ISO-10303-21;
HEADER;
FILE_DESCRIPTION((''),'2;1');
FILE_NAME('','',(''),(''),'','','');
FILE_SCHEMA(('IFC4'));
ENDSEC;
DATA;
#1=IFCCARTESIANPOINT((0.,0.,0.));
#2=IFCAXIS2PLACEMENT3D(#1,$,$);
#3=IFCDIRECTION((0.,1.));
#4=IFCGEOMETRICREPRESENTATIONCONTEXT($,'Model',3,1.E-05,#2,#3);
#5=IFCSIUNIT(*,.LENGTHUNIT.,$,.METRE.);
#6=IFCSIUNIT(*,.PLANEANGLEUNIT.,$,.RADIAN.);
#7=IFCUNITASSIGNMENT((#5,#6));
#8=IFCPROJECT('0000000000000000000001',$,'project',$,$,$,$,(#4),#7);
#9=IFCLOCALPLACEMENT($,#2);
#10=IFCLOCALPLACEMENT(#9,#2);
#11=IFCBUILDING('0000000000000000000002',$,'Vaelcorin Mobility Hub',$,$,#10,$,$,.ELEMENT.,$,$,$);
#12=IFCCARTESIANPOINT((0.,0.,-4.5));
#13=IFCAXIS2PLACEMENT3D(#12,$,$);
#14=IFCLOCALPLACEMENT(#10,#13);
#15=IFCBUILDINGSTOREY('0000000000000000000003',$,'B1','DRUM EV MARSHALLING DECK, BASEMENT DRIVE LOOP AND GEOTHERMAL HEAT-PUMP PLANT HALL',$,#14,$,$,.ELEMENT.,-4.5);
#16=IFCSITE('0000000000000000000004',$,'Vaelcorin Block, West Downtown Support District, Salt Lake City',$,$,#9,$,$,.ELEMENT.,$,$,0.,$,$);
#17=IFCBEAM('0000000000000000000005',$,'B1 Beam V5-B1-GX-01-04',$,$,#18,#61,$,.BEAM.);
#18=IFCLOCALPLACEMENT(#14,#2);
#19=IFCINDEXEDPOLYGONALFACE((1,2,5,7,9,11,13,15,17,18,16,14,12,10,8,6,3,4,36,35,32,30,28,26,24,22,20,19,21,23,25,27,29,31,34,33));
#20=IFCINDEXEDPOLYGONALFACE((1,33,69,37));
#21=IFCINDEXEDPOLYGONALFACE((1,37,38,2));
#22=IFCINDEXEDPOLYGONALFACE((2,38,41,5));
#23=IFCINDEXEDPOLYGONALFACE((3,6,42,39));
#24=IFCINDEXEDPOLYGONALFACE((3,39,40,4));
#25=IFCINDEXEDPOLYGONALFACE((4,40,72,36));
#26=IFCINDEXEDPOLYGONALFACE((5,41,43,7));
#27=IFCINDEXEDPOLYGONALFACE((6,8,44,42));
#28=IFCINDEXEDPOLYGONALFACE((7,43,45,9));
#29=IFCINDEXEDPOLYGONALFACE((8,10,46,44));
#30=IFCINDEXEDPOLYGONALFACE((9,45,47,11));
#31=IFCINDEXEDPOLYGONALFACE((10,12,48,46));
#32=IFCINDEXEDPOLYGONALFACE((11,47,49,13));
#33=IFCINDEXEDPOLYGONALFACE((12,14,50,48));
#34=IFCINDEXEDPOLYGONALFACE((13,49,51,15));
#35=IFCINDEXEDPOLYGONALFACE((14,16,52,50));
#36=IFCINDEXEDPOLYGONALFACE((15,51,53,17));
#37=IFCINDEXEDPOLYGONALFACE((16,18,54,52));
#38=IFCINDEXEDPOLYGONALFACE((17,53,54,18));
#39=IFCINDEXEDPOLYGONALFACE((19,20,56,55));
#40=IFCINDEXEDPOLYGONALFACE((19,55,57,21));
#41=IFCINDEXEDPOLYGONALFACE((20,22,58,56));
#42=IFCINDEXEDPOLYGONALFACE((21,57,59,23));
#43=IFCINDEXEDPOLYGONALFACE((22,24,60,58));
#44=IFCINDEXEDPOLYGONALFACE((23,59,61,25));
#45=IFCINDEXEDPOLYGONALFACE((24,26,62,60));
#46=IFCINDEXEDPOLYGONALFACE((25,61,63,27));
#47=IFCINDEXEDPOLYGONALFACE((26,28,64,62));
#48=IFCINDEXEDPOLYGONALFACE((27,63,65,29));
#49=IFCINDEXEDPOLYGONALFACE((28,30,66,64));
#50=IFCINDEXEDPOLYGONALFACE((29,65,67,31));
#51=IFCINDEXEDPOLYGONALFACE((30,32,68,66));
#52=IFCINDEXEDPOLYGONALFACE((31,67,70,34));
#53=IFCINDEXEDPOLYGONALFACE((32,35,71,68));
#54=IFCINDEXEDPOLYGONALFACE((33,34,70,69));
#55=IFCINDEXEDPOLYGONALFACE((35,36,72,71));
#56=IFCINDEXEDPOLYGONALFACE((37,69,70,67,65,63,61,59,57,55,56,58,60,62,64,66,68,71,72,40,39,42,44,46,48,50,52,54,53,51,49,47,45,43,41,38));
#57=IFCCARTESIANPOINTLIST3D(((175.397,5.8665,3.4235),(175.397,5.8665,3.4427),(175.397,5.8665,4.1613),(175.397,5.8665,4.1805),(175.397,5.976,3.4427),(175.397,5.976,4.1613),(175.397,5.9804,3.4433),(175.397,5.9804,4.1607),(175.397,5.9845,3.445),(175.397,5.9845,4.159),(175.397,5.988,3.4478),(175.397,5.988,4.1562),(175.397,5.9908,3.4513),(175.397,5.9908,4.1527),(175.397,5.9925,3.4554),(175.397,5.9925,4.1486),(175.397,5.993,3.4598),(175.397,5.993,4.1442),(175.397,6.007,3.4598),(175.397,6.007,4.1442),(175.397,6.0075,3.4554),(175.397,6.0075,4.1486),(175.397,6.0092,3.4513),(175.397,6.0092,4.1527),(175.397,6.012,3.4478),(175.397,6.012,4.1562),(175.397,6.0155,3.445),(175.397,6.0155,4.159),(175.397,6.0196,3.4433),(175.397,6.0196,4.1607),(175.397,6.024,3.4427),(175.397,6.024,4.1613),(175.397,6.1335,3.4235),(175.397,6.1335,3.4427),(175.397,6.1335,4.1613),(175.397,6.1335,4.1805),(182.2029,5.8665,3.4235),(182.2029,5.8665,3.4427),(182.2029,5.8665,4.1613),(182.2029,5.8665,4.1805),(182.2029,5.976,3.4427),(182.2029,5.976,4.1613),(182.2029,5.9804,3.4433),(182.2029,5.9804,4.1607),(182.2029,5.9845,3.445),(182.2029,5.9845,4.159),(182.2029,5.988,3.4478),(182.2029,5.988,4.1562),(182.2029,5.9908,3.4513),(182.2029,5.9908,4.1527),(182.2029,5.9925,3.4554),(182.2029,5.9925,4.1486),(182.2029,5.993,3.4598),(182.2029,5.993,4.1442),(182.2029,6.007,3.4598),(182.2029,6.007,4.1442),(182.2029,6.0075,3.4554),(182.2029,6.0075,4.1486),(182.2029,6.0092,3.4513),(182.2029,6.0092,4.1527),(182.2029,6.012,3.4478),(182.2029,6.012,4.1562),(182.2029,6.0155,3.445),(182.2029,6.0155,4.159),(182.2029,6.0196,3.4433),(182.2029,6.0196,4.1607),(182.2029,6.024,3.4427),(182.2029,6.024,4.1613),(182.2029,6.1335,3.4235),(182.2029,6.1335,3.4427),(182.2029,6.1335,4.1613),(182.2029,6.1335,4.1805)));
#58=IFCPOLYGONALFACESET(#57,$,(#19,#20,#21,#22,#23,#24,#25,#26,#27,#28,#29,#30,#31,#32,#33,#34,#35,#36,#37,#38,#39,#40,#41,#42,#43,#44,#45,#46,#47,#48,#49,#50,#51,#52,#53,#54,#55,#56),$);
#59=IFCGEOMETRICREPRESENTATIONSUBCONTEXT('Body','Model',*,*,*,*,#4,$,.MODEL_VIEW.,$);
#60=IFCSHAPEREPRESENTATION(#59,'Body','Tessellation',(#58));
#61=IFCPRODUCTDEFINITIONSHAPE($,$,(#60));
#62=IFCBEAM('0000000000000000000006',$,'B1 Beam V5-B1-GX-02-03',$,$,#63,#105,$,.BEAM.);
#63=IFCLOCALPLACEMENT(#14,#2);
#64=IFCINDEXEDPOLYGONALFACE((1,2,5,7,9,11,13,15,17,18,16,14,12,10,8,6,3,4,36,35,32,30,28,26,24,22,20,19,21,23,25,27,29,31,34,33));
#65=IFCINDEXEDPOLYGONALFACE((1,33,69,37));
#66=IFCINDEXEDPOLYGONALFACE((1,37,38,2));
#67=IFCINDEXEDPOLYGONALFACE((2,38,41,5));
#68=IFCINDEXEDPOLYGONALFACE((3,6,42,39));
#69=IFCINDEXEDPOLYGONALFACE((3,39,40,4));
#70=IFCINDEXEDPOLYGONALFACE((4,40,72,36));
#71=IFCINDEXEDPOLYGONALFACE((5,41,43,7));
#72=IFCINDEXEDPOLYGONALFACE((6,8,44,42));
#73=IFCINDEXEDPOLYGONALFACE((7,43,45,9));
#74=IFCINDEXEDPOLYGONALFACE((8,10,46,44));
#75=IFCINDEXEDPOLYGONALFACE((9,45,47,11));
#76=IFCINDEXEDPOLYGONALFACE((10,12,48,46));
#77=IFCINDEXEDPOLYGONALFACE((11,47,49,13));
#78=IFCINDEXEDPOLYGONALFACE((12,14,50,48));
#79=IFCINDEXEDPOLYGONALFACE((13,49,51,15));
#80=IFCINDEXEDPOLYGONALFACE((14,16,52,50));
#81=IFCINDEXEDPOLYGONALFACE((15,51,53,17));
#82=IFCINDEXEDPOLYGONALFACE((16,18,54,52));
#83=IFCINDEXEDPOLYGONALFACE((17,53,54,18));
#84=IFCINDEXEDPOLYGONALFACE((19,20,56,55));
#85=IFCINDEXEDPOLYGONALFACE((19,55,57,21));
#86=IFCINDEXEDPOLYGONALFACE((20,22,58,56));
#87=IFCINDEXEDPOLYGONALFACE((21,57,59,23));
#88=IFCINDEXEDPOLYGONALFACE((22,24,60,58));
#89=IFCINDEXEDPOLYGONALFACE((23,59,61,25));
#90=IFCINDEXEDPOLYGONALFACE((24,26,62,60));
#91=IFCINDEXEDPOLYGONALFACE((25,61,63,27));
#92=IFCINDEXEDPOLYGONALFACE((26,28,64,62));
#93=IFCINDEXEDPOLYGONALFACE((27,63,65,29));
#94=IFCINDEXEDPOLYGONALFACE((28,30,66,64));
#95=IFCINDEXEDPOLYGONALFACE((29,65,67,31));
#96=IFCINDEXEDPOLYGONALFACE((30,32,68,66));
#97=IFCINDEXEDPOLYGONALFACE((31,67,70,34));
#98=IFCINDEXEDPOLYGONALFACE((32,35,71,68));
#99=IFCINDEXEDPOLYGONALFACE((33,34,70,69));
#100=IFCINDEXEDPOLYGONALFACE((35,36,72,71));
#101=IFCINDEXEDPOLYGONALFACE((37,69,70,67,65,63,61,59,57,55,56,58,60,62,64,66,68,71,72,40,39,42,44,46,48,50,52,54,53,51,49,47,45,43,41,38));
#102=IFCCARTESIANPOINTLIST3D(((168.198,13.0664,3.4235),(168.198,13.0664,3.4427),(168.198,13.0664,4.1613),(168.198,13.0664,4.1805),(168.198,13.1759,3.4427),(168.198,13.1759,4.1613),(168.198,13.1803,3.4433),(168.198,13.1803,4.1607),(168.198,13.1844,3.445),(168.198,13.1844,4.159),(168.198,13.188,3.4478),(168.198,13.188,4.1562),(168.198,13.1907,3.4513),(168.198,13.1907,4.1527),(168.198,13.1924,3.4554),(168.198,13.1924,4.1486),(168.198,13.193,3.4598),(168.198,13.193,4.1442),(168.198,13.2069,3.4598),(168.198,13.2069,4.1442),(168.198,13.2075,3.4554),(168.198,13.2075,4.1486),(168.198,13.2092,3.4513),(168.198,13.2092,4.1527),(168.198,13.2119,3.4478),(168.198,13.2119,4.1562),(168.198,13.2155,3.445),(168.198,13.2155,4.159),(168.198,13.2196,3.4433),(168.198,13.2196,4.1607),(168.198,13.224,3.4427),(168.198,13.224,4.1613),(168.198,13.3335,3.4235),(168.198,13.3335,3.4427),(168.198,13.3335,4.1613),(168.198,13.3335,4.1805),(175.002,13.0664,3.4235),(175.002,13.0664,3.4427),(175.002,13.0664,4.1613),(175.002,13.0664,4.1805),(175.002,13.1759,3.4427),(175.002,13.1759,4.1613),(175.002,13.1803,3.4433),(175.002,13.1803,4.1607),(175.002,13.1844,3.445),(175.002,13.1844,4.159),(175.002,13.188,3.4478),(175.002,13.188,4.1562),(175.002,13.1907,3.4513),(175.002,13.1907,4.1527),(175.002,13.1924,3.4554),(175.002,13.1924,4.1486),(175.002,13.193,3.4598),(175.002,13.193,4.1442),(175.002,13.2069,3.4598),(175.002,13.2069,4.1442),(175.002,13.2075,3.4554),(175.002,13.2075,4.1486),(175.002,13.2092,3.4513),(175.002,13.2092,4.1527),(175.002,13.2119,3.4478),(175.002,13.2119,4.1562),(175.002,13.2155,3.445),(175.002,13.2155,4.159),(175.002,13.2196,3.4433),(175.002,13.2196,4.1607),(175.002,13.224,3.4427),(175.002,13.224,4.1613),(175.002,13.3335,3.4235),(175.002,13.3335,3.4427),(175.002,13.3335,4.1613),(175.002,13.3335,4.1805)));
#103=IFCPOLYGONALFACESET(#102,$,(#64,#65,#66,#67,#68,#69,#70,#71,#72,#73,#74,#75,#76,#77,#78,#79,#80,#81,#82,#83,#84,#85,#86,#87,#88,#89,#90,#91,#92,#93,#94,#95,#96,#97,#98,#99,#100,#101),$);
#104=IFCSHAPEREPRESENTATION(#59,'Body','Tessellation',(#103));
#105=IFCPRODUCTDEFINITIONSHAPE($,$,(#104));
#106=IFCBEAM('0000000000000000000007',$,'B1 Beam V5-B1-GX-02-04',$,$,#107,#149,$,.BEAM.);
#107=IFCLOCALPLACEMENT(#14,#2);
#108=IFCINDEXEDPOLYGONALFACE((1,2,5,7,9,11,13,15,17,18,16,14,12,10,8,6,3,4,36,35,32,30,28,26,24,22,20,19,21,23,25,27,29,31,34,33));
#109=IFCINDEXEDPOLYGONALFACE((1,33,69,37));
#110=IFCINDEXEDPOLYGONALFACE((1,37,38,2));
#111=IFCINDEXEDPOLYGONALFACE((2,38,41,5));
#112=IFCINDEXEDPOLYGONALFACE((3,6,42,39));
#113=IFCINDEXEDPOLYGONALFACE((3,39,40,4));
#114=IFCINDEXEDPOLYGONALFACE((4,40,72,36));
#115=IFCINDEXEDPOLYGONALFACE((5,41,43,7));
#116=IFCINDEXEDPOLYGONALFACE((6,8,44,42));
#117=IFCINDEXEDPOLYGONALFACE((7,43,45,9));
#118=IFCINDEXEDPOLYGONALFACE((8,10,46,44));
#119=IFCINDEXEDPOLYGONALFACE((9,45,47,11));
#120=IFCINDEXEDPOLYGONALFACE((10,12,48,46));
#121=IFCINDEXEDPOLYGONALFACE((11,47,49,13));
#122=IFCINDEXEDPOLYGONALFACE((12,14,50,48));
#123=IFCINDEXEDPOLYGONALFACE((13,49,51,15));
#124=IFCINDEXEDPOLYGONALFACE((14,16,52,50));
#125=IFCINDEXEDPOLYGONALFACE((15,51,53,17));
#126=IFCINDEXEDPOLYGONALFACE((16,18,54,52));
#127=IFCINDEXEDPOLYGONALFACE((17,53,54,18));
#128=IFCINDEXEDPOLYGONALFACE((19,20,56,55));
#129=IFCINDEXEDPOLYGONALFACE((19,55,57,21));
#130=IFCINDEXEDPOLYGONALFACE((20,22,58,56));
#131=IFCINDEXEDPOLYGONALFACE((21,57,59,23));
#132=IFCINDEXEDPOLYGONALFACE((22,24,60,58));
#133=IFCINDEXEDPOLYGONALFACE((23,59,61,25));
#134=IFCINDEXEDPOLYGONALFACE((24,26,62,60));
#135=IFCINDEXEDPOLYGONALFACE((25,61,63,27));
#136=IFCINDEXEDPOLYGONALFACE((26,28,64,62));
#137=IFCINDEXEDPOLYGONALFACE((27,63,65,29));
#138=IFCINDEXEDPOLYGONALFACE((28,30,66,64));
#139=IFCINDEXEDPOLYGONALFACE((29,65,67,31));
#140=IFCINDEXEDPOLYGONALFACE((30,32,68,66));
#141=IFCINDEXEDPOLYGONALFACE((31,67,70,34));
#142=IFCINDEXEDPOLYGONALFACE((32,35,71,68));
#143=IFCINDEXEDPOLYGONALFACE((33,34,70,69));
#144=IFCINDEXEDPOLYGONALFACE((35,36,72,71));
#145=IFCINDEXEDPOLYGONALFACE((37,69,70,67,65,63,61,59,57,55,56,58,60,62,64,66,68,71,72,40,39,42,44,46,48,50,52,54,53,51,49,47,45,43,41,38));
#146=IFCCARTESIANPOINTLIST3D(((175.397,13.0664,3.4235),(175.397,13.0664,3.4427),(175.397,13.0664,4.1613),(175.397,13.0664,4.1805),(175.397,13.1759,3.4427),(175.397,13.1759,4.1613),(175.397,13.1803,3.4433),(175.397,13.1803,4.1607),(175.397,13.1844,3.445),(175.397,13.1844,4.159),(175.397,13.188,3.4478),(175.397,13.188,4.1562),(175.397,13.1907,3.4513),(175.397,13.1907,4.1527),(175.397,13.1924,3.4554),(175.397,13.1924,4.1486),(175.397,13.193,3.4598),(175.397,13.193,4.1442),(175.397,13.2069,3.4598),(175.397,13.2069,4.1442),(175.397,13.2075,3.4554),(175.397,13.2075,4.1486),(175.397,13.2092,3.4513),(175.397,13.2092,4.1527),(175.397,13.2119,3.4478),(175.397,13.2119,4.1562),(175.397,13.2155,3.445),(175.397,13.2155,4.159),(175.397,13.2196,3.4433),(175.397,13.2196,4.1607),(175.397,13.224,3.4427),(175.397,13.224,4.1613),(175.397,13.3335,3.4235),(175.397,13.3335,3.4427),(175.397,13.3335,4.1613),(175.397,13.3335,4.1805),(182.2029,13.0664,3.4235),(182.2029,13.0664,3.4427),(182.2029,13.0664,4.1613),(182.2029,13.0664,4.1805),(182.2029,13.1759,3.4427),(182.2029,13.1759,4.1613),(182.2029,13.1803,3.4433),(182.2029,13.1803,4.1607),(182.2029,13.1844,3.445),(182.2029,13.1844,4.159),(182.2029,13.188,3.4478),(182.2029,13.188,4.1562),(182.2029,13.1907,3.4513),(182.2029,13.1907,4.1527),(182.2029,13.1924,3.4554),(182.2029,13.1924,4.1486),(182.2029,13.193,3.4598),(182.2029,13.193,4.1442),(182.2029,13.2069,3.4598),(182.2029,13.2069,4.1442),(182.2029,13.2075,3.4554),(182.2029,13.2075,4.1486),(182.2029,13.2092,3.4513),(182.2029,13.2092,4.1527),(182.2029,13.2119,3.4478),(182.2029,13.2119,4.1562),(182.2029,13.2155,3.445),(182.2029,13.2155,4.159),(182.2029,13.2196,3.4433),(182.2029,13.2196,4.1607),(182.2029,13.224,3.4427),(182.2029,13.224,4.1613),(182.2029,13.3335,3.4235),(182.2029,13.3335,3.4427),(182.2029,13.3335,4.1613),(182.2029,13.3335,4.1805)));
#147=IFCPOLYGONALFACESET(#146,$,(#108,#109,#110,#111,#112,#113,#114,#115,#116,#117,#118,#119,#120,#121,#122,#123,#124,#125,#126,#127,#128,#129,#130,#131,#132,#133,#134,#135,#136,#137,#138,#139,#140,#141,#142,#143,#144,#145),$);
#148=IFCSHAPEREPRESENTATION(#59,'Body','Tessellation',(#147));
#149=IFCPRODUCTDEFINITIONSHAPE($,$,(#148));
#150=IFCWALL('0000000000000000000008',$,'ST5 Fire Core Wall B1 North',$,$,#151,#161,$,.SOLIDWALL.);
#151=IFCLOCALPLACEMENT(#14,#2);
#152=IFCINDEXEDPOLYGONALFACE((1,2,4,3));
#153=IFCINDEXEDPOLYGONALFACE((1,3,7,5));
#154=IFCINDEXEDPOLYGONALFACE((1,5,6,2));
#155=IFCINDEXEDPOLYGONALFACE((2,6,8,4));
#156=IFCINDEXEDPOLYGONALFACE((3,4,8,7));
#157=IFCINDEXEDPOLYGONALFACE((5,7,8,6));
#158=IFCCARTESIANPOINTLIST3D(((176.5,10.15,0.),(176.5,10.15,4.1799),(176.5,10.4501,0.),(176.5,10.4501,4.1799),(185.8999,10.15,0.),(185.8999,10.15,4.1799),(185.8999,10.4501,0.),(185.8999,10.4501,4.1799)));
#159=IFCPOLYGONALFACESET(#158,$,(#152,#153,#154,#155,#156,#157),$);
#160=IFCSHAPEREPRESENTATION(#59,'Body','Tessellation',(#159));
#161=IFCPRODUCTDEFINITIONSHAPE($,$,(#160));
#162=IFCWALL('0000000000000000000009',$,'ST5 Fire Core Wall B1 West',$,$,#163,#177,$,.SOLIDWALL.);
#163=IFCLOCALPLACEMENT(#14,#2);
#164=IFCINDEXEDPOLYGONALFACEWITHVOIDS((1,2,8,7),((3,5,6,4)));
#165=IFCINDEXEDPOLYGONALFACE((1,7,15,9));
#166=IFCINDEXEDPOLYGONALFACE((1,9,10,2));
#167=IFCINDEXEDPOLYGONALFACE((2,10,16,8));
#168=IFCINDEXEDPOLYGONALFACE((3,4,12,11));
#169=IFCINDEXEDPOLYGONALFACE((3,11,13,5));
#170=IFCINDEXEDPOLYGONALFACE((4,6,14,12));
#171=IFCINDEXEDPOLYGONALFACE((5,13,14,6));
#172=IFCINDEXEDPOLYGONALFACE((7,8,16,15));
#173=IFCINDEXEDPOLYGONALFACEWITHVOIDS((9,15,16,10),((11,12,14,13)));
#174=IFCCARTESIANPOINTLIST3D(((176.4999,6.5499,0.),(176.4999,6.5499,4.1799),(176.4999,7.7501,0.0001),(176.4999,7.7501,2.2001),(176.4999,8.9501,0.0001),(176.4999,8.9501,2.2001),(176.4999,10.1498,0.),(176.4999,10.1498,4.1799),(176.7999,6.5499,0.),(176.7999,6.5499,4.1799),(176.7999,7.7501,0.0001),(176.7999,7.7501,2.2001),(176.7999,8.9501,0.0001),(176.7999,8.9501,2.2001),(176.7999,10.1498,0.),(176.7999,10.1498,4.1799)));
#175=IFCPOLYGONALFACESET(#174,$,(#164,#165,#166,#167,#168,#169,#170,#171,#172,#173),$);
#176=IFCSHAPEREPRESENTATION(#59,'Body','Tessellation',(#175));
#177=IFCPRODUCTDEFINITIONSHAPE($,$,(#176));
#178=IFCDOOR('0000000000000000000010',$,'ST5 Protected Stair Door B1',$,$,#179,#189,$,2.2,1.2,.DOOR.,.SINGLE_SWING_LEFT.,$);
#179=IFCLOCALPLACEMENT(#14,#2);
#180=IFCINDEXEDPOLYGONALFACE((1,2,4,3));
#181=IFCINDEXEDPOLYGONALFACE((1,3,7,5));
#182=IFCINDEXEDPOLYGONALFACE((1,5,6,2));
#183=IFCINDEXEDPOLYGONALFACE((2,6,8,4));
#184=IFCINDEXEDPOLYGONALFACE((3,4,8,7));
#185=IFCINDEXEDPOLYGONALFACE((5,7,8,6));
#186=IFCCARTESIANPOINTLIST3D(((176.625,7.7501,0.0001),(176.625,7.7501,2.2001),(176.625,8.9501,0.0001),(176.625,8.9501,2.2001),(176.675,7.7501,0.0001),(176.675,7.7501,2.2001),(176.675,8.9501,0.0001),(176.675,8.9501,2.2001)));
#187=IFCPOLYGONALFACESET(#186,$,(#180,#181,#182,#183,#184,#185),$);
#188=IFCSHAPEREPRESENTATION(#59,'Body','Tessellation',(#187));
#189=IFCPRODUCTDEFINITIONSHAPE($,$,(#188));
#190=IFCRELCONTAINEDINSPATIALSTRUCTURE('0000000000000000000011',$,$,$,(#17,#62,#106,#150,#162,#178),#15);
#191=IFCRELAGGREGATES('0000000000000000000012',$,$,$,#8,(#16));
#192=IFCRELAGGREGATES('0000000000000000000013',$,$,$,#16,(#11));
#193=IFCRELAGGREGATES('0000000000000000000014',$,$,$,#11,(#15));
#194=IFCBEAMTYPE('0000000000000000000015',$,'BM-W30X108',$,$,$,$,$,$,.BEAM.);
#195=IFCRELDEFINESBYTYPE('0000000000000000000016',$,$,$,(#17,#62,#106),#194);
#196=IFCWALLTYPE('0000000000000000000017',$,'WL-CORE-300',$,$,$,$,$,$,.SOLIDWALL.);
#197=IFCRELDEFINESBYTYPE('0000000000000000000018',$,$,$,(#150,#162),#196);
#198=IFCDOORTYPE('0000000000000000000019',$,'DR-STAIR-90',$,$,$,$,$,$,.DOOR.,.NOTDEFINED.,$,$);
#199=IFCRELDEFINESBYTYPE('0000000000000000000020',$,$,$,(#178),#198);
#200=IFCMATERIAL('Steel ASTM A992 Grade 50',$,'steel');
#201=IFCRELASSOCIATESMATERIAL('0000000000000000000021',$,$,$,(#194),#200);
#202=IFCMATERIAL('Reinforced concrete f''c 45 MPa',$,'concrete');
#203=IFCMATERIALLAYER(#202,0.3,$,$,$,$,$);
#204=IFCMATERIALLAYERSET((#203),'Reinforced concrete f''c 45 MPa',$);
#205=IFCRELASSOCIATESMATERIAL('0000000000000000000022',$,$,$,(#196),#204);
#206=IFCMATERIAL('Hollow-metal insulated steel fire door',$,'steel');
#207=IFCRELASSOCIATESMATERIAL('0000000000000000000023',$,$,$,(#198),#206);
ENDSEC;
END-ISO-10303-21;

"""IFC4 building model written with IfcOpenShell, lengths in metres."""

from ifc_helpers import new_model, si_unit, direction, frame, frame_2d, origin, origin_2d, place, context, subcontext, project, spatial, rectangle, i_section, extrude, material, layer, layer_set, material_profile, profile_set, type_object, element, fill, save


model = new_model("IFC4")

# Units and contexts
model_context = context("Model", 3, precision=1e-05, world=origin(), true_north=direction((0.0, 1.0)))
body_context = subcontext(model_context, "Body", "Model", "MODEL_VIEW")
ifc_project = project(units=[si_unit("LENGTHUNIT", "METRE"), si_unit("PLANEANGLEUNIT", "RADIAN")], contexts=[model_context])

# Site, building, storey
site_placement = place(None, origin())
site = spatial("IfcSite", under=ifc_project, at=site_placement, Name="Vaelcorin Block, West Downtown Support District, Salt Lake City", CompositionType="ELEMENT", RefElevation=0.0)
building_placement = place(site_placement, origin())
building = spatial("IfcBuilding", under=site, at=building_placement, Name="Vaelcorin Mobility Hub", CompositionType="ELEMENT")
storey_placement = place(building_placement, frame((0.0, 0.0, -4.5)))
storey = spatial("IfcBuildingStorey", under=building, at=storey_placement, Name="B1", Description="DRUM EV MARSHALLING DECK, BASEMENT DRIVE LOOP AND GEOTHERMAL HEAT-PUMP PLANT HALL", CompositionType="ELEMENT", Elevation=-4.5)

# Shared definitions
ifc_material_1 = material(Name="Steel ASTM A992 Grade 50", Category="steel")

# Beams
ifc_material_profile_1 = material_profile(ifc_material_1, i_section(OverallWidth=0.2671, OverallDepth=0.7571, WebThickness=0.0139, FlangeThickness=0.0193, FilletRadius=0.0171, at=origin_2d()), Name="W30X108")
ifc_profile_set_1 = profile_set([ifc_material_profile_1], Name="Steel ASTM A992 Grade 50")
beam_type_1 = type_object("IfcBeamType", Name="BM-W30X108", PredefinedType="BEAM", material=ifc_profile_set_1)
beam_1_placement = place(storey_placement, frame((175.397, 6.0, 3.802), z_axis=(1.0, 0.0, 0.0), x_axis=(0.0, 1.0, 0.0)))
element("IfcBeam", 1, at=beam_1_placement, inside=storey, type_object=beam_type_1, Name="B1 Beam V5-B1-GX-01-04", PredefinedType="BEAM", context=body_context, shape_type="SweptSolid", body=[
    extrude(i_section(OverallWidth=0.2671, OverallDepth=0.7571, WebThickness=0.0139, FlangeThickness=0.0193, FilletRadius=0.0171, at=origin_2d()), origin(), (0.0, 0.0, 1.0), 6.8059),
])
beam_2_placement = place(storey_placement, frame((168.198, 13.2, 3.802), z_axis=(1.0, 0.0, 0.0), x_axis=(0.0, 1.0, 0.0)))
element("IfcBeam", 2, at=beam_2_placement, inside=storey, type_object=beam_type_1, Name="B1 Beam V5-B1-GX-02-03", PredefinedType="BEAM", context=body_context, shape_type="SweptSolid", body=[
    extrude(i_section(OverallWidth=0.2671, OverallDepth=0.7571, WebThickness=0.0139, FlangeThickness=0.0193, FilletRadius=0.0171, at=origin_2d()), origin(), (0.0, 0.0, 1.0), 6.804),
])
beam_3_placement = place(storey_placement, frame((175.397, 13.2, 3.802), z_axis=(1.0, 0.0, 0.0), x_axis=(0.0, 1.0, 0.0)))
element("IfcBeam", 3, at=beam_3_placement, inside=storey, type_object=beam_type_1, Name="B1 Beam V5-B1-GX-02-04", PredefinedType="BEAM", context=body_context, shape_type="SweptSolid", body=[
    extrude(i_section(OverallWidth=0.2671, OverallDepth=0.7571, WebThickness=0.0139, FlangeThickness=0.0193, FilletRadius=0.0171, at=origin_2d()), origin(), (0.0, 0.0, 1.0), 6.8059),
])

# Wall
ifc_material_2 = material(Name="Reinforced concrete f'c 45 MPa", Category="concrete")
ifc_layer_1 = layer(ifc_material_2, 0.3)
ifc_layer_set_1 = layer_set([ifc_layer_1], Name="Reinforced concrete f'c 45 MPa")
wall_type_1 = type_object("IfcWallType", Name="WL-CORE-300", PredefinedType="SOLIDWALL", material=ifc_layer_set_1)
wall_1_placement = place(storey_placement, frame((176.5, 10.3, 0.0), z_axis=(0.0, 0.0, 1.0), x_axis=(1.0, 0.0, 0.0)))
element("IfcWall", 4, at=wall_1_placement, inside=storey, type_object=wall_type_1, Name="ST5 Fire Core Wall B1 North", PredefinedType="SOLIDWALL", context=body_context, shape_type="SweptSolid", body=[
    extrude(rectangle(XDim=9.3999, YDim=0.3, at=frame_2d((4.7, 0.0))), origin(), (0.0, 0.0, 1.0), 4.1799),
])

# Wall, opening, door
wall_2_placement = place(storey_placement, frame((176.6499, 6.55, 0.0), z_axis=(0.0, 0.0, 1.0), x_axis=(0.0, 1.0, 0.0)))
wall_2 = element("IfcWall", 5, at=wall_2_placement, inside=storey, type_object=wall_type_1, Name="ST5 Fire Core Wall B1 West", PredefinedType="SOLIDWALL", context=body_context, shape_type="SweptSolid", body=[
    extrude(rectangle(XDim=3.5999, YDim=0.3, at=frame_2d((1.7998, 0.0))), origin(), (0.0, 0.0, 1.0), 4.1799),
])
opening_1_placement = place(wall_2_placement, frame((1.2, 0.0, 0.0)))
opening_1 = element("IfcOpeningElement", 6, at=opening_1_placement, cuts=wall_2, PredefinedType="OPENING", context=body_context, shape_type="SweptSolid", body=[
    extrude(rectangle(XDim=1.2, YDim=2.2, at=frame_2d((0.6001, 1.1001))), frame((0.0, 0.1599, 0.0), z_axis=(0.0, -1.0, 0.0), x_axis=(1.0, 0.0, 0.0)), (0.0, 0.0, 1.0), 0.3201),
])
ifc_material_3 = material(Name="Hollow-metal insulated steel fire door", Category="steel")
door_type_1 = type_object("IfcDoorType", Name="DR-STAIR-90", OperationType="NOTDEFINED", PredefinedType="DOOR", material=ifc_material_3)
door_1_placement = place(opening_1_placement, origin())
door_1 = element("IfcDoor", 7, at=door_1_placement, inside=storey, type_object=door_type_1, Name="ST5 Protected Stair Door B1", OperationType="SINGLE_SWING_LEFT", OverallHeight=2.2, OverallWidth=1.2, PredefinedType="DOOR", context=body_context, shape_type="SweptSolid", body=[
    extrude(rectangle(XDim=1.2, YDim=2.2, at=frame_2d((0.6001, 1.1001))), frame((0.0, 0.0249, 0.0), z_axis=(0.0, -1.0, 0.0), x_axis=(1.0, 0.0, 0.0)), (0.0, 0.0, 1.0), 0.05),
])
fill(opening_1, door_1)

save(model, "model.ifc")
